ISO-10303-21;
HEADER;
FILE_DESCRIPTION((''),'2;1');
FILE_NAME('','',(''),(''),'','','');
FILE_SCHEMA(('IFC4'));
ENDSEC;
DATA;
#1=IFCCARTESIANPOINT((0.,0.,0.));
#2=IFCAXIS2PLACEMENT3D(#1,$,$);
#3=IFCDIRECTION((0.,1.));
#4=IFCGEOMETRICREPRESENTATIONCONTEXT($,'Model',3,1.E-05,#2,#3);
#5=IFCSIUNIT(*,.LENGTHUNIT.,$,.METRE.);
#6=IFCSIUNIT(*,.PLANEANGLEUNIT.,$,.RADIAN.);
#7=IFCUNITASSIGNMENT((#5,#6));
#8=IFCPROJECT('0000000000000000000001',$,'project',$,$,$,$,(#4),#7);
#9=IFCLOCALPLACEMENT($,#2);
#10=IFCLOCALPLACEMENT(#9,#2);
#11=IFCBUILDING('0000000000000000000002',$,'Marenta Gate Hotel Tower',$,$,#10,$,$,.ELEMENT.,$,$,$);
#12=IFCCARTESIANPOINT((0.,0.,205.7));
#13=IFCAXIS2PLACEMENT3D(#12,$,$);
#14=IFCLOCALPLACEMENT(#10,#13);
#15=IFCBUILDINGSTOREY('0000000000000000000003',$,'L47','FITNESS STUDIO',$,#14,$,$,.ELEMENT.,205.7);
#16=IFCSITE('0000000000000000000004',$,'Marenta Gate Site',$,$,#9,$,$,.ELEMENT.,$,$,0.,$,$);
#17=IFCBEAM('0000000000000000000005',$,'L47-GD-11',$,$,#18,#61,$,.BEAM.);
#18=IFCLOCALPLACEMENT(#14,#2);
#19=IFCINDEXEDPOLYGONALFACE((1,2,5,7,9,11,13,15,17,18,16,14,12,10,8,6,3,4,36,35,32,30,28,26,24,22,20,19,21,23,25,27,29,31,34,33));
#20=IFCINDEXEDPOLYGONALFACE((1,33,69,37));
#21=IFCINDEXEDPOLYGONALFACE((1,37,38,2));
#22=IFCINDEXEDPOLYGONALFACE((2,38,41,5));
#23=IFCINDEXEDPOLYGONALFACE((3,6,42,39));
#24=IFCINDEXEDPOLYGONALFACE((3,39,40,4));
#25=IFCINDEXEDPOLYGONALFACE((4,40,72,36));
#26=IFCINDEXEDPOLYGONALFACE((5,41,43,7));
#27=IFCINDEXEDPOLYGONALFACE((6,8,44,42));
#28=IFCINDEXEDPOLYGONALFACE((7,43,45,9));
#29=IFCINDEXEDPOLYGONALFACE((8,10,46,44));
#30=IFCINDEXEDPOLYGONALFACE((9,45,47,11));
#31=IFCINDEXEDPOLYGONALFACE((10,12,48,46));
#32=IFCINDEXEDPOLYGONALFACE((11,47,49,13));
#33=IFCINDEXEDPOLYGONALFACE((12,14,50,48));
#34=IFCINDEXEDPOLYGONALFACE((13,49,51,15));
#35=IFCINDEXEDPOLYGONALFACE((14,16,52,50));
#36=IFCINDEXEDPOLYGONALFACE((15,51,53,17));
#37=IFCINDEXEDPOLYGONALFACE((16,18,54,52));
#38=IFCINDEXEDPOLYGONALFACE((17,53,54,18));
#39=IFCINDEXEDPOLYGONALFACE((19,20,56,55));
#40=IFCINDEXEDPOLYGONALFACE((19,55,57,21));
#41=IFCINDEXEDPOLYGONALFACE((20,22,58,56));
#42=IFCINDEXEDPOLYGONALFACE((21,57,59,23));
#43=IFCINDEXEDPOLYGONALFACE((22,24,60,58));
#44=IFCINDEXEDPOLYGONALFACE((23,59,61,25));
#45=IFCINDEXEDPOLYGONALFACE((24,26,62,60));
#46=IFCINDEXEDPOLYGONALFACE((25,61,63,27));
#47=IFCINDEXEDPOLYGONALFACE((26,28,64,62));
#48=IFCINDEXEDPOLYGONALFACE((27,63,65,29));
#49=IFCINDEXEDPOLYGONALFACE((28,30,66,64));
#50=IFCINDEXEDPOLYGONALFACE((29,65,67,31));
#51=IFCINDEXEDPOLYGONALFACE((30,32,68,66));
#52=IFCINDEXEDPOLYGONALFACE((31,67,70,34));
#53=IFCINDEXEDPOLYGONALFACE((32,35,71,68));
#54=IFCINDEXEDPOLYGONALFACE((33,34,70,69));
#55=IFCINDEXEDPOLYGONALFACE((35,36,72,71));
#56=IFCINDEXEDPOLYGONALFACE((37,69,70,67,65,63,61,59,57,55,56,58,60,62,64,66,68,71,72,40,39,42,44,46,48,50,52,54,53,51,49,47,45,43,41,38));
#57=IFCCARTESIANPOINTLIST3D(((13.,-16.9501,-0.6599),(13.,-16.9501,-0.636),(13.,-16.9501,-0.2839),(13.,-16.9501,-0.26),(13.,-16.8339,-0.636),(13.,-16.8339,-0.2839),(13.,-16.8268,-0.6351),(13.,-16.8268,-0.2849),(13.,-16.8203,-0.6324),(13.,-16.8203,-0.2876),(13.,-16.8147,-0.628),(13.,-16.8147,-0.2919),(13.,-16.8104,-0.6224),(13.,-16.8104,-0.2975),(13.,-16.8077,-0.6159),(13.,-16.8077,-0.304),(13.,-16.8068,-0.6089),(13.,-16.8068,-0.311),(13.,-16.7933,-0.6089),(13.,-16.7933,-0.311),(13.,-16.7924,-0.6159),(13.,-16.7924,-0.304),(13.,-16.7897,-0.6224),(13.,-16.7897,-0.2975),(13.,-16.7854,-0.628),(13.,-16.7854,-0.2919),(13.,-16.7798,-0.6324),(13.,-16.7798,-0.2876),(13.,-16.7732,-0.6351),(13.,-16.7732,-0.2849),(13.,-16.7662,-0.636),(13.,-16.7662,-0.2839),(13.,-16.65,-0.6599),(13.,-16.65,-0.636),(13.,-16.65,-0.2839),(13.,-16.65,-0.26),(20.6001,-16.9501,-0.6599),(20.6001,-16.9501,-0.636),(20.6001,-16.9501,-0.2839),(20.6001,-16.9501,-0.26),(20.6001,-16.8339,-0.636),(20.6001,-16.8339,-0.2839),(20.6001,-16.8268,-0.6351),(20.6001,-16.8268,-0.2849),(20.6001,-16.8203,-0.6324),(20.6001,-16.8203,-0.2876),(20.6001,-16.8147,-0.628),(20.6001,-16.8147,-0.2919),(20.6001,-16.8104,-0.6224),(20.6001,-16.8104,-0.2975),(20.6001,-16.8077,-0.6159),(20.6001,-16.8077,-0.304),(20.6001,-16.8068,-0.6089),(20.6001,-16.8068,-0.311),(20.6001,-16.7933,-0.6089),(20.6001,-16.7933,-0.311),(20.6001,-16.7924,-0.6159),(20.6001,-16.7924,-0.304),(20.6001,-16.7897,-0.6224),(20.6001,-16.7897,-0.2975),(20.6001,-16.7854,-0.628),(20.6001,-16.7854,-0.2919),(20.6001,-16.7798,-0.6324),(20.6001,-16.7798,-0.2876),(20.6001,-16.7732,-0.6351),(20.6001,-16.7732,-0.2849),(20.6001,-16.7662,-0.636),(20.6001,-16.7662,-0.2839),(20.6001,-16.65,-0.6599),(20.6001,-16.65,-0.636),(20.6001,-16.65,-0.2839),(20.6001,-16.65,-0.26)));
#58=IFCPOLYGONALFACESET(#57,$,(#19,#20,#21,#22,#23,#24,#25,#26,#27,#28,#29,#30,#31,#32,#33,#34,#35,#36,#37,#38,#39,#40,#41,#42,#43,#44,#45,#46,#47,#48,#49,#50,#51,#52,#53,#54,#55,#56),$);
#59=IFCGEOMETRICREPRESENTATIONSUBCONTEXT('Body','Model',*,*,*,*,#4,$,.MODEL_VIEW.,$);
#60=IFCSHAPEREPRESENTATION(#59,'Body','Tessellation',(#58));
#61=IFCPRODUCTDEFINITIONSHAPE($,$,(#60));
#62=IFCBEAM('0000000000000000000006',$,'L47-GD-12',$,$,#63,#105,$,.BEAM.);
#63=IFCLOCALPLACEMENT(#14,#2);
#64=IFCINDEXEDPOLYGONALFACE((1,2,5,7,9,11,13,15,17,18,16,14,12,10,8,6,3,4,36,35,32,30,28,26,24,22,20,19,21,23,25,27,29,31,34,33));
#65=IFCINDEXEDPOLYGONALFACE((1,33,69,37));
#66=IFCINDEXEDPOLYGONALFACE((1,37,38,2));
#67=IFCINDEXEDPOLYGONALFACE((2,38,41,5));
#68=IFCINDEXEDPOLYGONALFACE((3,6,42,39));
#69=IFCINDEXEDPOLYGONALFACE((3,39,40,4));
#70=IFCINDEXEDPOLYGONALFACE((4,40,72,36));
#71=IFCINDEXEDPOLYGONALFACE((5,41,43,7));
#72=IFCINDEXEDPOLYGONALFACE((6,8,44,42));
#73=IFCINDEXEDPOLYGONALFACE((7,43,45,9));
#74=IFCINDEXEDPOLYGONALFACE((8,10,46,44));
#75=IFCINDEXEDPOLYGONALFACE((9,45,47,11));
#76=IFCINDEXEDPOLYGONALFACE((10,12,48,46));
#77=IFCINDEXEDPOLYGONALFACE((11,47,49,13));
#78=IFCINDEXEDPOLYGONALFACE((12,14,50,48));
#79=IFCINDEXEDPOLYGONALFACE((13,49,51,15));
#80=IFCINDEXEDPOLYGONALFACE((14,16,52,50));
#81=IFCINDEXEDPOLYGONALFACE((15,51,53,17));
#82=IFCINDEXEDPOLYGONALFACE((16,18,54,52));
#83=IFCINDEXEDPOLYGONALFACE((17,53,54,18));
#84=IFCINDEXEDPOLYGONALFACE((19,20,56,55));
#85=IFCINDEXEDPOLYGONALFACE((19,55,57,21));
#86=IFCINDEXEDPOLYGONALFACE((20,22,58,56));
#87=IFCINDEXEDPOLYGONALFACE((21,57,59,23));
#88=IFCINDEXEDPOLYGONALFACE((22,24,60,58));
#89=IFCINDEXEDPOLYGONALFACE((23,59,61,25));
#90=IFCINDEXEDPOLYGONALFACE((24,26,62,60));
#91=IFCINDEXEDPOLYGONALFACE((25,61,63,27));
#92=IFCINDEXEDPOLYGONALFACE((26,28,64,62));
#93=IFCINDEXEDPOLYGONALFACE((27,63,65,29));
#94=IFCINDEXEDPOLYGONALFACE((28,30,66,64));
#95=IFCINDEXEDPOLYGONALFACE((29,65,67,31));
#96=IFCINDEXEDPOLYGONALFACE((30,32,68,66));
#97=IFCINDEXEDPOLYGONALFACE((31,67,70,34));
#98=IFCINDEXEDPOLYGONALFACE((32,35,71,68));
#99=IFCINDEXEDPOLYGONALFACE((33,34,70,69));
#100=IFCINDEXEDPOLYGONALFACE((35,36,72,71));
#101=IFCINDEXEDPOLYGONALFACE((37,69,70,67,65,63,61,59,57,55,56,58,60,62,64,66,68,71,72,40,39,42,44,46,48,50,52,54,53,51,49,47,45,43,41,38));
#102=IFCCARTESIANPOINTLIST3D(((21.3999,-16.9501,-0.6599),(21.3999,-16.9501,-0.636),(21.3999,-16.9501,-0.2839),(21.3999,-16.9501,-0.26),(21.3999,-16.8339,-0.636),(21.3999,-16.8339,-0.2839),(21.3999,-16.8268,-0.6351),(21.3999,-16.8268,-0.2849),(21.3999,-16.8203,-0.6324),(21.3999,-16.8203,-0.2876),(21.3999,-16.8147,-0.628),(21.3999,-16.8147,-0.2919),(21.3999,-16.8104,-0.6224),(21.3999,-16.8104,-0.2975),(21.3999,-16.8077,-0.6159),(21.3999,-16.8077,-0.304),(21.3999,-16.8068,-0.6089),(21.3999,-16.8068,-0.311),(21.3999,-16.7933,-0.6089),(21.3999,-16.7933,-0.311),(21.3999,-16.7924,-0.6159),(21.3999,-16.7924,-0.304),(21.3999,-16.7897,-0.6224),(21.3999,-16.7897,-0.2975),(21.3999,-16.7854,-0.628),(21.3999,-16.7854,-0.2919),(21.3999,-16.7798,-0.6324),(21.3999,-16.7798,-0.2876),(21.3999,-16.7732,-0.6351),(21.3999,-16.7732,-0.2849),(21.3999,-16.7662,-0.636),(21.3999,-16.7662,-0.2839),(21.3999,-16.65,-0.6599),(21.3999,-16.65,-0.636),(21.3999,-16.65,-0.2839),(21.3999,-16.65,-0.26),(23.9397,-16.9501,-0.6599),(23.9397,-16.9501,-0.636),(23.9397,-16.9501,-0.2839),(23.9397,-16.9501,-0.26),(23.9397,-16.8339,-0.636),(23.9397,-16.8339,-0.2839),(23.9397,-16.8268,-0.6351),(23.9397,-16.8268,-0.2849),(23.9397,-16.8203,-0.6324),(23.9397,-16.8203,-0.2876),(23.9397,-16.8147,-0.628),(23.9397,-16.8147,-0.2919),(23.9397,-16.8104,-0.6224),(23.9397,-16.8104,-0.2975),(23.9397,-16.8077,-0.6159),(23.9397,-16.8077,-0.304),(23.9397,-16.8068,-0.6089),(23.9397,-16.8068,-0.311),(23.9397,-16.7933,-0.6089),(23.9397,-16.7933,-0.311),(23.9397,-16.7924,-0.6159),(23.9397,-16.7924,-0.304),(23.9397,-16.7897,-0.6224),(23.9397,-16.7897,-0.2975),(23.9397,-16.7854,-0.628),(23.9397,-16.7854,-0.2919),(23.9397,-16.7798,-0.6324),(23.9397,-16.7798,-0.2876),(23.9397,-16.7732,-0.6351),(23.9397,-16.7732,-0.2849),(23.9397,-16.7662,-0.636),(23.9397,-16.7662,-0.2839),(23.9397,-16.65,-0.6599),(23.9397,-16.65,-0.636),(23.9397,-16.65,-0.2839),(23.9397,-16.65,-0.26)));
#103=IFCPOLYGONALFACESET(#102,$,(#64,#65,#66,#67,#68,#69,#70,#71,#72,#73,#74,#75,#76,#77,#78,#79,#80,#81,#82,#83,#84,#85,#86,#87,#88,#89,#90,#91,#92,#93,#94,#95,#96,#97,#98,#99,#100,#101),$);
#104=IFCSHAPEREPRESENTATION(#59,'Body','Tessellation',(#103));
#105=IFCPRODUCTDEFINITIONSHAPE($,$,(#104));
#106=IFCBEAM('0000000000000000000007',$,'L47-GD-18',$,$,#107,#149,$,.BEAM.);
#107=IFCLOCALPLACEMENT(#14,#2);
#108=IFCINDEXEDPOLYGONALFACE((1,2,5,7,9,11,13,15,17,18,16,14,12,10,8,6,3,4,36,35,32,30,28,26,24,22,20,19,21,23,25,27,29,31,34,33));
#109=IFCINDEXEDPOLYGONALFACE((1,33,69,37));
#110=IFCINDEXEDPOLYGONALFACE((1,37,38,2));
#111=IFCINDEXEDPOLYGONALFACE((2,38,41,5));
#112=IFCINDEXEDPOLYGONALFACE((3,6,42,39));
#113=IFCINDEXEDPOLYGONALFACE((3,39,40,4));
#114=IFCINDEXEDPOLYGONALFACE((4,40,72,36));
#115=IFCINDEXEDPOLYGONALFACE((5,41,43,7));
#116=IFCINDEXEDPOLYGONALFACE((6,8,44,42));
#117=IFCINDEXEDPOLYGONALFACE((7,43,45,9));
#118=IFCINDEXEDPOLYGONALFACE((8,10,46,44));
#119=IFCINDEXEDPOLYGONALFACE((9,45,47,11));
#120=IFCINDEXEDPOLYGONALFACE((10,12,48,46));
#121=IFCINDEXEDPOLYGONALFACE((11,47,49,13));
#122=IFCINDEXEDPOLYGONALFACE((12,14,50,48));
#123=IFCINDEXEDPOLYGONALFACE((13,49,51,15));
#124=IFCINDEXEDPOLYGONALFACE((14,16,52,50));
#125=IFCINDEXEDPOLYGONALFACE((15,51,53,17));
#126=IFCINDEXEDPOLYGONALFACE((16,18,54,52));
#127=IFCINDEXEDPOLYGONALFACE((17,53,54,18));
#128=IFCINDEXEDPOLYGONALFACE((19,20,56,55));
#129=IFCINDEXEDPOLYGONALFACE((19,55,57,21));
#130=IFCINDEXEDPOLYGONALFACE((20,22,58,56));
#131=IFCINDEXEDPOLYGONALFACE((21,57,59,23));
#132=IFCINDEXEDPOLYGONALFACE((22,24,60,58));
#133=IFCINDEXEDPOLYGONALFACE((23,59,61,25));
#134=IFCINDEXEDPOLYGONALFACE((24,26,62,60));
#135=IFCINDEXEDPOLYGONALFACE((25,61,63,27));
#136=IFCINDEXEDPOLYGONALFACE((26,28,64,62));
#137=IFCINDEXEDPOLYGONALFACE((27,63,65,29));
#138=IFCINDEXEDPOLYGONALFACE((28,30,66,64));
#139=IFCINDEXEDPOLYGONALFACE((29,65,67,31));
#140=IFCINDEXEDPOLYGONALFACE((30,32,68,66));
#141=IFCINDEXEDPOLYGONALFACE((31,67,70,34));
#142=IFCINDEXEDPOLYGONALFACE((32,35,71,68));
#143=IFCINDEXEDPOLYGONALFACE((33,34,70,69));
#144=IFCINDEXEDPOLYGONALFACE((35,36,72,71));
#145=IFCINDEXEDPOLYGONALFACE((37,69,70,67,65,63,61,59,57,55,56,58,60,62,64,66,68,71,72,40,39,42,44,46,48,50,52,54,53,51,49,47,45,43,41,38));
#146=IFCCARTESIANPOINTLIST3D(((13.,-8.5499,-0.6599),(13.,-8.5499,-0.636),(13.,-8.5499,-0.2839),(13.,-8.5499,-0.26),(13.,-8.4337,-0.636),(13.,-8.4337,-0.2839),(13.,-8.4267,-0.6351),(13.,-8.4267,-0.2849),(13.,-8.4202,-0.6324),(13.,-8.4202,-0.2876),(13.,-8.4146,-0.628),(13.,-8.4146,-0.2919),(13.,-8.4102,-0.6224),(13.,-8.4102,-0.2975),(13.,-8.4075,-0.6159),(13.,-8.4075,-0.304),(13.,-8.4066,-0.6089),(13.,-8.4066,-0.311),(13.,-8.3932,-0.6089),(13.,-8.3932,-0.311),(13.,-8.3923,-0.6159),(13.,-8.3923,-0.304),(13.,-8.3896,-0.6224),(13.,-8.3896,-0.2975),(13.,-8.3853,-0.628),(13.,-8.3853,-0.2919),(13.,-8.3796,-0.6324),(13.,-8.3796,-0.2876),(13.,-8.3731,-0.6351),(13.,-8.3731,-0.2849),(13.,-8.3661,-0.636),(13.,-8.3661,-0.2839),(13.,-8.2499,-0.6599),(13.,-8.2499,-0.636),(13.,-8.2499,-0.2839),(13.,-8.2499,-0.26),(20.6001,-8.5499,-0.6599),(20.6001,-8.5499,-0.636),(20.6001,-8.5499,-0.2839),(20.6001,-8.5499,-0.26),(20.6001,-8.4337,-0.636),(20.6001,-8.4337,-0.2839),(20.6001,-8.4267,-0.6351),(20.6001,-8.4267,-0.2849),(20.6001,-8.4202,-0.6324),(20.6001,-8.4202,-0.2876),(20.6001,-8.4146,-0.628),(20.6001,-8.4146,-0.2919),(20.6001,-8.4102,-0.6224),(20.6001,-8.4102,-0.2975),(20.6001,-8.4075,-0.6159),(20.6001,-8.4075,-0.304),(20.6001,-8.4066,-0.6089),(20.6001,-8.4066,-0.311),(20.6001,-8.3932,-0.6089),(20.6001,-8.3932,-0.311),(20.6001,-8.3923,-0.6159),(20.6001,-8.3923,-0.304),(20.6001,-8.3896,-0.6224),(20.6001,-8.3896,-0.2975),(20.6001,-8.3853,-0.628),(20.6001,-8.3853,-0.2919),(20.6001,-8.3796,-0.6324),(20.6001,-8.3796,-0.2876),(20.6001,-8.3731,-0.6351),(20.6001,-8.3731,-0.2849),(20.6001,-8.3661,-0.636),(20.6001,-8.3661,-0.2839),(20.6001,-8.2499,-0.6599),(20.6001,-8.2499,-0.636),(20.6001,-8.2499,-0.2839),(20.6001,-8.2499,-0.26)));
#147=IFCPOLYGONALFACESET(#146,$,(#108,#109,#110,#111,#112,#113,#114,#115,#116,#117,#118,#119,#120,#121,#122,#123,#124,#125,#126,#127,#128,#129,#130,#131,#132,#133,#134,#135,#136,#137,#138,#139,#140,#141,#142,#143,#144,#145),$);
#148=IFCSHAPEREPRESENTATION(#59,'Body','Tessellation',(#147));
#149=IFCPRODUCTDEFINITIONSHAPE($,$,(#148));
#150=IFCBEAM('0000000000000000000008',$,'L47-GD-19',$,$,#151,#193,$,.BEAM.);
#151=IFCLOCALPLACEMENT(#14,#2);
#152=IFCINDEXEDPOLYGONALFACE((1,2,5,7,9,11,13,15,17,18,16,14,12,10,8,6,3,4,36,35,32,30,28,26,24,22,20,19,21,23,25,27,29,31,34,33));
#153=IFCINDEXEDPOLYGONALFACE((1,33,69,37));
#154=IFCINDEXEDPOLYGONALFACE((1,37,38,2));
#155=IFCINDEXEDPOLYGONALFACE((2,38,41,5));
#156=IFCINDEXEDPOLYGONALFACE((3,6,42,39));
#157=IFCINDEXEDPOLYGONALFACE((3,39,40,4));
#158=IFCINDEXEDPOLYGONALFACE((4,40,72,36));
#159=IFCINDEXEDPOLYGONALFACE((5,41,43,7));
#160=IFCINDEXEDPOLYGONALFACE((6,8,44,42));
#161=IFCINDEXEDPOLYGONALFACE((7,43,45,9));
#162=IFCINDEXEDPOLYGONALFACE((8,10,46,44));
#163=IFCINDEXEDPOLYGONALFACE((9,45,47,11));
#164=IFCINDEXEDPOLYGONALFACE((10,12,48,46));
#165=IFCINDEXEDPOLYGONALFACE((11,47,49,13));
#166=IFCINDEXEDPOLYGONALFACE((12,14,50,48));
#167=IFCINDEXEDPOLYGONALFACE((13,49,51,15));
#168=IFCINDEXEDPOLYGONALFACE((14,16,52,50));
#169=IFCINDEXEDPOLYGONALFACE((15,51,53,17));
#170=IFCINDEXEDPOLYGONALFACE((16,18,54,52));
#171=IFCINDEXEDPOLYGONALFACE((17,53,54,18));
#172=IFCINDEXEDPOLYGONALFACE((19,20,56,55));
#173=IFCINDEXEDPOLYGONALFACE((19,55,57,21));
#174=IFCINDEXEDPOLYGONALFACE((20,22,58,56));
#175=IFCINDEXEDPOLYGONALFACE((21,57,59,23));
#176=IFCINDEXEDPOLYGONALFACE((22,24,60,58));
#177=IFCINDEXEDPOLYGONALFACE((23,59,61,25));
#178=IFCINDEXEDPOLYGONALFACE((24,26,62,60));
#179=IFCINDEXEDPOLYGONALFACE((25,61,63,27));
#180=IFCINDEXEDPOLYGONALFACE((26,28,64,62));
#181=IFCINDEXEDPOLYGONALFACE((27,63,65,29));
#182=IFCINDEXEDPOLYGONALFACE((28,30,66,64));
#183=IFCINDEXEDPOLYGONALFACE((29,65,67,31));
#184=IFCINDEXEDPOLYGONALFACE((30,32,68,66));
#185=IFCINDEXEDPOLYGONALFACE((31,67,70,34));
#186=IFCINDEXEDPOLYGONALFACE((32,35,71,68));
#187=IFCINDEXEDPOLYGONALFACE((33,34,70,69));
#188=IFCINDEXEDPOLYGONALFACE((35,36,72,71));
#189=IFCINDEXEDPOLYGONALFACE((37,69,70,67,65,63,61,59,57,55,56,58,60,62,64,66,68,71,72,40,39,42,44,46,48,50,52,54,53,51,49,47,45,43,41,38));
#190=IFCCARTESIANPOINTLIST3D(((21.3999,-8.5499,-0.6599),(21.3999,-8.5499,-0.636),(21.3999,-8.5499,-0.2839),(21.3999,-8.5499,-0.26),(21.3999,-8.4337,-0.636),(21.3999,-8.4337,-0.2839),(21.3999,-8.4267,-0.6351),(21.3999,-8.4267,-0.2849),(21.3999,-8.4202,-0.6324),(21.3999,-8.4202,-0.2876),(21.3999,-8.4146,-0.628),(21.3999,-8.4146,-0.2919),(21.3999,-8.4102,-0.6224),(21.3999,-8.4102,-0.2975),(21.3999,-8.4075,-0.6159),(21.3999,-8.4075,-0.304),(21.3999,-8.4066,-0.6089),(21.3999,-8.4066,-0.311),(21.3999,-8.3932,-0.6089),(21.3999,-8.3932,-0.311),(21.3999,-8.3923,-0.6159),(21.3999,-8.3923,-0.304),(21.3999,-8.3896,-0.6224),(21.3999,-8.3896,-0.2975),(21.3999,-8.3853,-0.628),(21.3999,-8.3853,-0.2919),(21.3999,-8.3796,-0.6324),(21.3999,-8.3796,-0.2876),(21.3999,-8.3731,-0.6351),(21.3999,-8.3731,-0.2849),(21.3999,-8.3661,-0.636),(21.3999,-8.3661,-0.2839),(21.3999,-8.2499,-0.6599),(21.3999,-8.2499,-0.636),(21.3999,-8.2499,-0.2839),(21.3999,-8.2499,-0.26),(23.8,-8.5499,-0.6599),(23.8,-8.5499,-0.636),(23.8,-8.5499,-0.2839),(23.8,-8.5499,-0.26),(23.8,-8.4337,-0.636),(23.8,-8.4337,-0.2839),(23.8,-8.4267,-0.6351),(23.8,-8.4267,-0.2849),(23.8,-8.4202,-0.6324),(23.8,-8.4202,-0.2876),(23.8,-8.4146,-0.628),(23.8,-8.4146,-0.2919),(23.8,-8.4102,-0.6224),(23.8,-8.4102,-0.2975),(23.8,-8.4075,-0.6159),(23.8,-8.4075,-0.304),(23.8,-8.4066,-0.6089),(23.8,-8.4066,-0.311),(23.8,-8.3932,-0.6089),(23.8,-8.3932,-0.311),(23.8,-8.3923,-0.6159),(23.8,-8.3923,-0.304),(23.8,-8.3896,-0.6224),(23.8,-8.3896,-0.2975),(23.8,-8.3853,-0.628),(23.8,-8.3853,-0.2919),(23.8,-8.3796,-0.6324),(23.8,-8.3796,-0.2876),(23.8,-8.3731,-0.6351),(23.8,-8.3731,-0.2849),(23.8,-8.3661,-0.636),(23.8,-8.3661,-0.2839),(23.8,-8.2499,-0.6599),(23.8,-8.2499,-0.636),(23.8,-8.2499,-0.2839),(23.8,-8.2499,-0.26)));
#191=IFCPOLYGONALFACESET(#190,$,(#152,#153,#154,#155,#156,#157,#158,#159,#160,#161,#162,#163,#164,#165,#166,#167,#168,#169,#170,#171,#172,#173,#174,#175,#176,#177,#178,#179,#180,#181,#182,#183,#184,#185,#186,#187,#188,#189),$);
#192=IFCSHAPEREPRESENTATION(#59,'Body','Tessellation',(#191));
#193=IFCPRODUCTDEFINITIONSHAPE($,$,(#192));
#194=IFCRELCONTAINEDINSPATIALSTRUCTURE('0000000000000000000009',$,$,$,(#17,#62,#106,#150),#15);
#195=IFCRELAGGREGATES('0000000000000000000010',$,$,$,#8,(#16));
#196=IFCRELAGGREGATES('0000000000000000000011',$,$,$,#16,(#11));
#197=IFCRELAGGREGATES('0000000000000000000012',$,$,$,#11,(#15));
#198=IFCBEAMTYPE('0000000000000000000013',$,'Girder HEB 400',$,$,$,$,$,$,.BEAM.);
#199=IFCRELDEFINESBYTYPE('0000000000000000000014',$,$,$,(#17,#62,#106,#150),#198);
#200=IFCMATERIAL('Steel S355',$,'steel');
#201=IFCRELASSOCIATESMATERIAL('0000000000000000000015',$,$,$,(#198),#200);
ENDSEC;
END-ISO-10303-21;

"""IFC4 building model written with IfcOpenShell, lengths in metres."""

from ifc_helpers import new_model, si_unit, direction, frame, origin, origin_2d, place, context, subcontext, project, spatial, i_section, extrude, material, material_profile, profile_set, type_object, element, save


model = new_model("IFC4")

# Units and contexts
model_context = context("Model", 3, precision=1e-05, world=origin(), true_north=direction((0.0, 1.0)))
body_context = subcontext(model_context, "Body", "Model", "MODEL_VIEW")
ifc_project = project(units=[si_unit("LENGTHUNIT", "METRE"), si_unit("PLANEANGLEUNIT", "RADIAN")], contexts=[model_context])

# Site, building, storey
site_placement = place(None, origin())
site = spatial("IfcSite", under=ifc_project, at=site_placement, Name="Marenta Gate Site", CompositionType="ELEMENT", RefElevation=0.0)
building_placement = place(site_placement, origin())
building = spatial("IfcBuilding", under=site, at=building_placement, Name="Marenta Gate Hotel Tower", CompositionType="ELEMENT")
storey_placement = place(building_placement, frame((0.0, 0.0, 205.7)))
storey = spatial("IfcBuildingStorey", under=building, at=storey_placement, Name="L47", Description="FITNESS STUDIO", CompositionType="ELEMENT", Elevation=205.7)

# Beams
ifc_material_1 = material(Name="Steel S355", Category="steel")
ifc_material_profile_1 = material_profile(ifc_material_1, i_section(OverallWidth=0.3, OverallDepth=0.3999, WebThickness=0.0134, FlangeThickness=0.0239, FilletRadius=0.0271, at=origin_2d()), Name="HEB 400")
ifc_profile_set_1 = profile_set([ifc_material_profile_1], Name="Steel S355")
beam_type_1 = type_object("IfcBeamType", Name="Girder HEB 400", PredefinedType="BEAM", material=ifc_profile_set_1)
beam_1_placement = place(storey_placement, frame((13.0, -16.8, -0.46), z_axis=(1.0, 0.0, 0.0), x_axis=(0.0, 1.0, 0.0)))
element("IfcBeam", 1, at=beam_1_placement, inside=storey, type_object=beam_type_1, Name="L47-GD-11", PredefinedType="BEAM", context=body_context, shape_type="SweptSolid", body=[
    extrude(i_section(OverallWidth=0.3, OverallDepth=0.3999, WebThickness=0.0134, FlangeThickness=0.0239, FilletRadius=0.0271, at=origin_2d()), origin(), (0.0, 0.0, 1.0), 7.6001),
])
beam_2_placement = place(storey_placement, frame((21.3999, -16.8, -0.46), z_axis=(1.0, 0.0, 0.0), x_axis=(0.0, 1.0, 0.0)))
element("IfcBeam", 2, at=beam_2_placement, inside=storey, type_object=beam_type_1, Name="L47-GD-12", PredefinedType="BEAM", context=body_context, shape_type="SweptSolid", body=[
    extrude(i_section(OverallWidth=0.3, OverallDepth=0.3999, WebThickness=0.0134, FlangeThickness=0.0239, FilletRadius=0.0271, at=origin_2d()), origin(), (0.0, 0.0, 1.0), 2.5398),
])
beam_3_placement = place(storey_placement, frame((13.0, -8.3999, -0.46), z_axis=(1.0, 0.0, 0.0), x_axis=(0.0, 1.0, 0.0)))
element("IfcBeam", 3, at=beam_3_placement, inside=storey, type_object=beam_type_1, Name="L47-GD-18", PredefinedType="BEAM", context=body_context, shape_type="SweptSolid", body=[
    extrude(i_section(OverallWidth=0.3, OverallDepth=0.3999, WebThickness=0.0134, FlangeThickness=0.0239, FilletRadius=0.0271, at=origin_2d()), origin(), (0.0, 0.0, 1.0), 7.6001),
])
beam_4_placement = place(storey_placement, frame((21.3999, -8.3999, -0.46), z_axis=(1.0, 0.0, 0.0), x_axis=(0.0, 1.0, 0.0)))
element("IfcBeam", 4, at=beam_4_placement, inside=storey, type_object=beam_type_1, Name="L47-GD-19", PredefinedType="BEAM", context=body_context, shape_type="SweptSolid", body=[
    extrude(i_section(OverallWidth=0.3, OverallDepth=0.3999, WebThickness=0.0134, FlangeThickness=0.0239, FilletRadius=0.0271, at=origin_2d()), origin(), (0.0, 0.0, 1.0), 2.4001),
])

save(model, "model.ifc")
